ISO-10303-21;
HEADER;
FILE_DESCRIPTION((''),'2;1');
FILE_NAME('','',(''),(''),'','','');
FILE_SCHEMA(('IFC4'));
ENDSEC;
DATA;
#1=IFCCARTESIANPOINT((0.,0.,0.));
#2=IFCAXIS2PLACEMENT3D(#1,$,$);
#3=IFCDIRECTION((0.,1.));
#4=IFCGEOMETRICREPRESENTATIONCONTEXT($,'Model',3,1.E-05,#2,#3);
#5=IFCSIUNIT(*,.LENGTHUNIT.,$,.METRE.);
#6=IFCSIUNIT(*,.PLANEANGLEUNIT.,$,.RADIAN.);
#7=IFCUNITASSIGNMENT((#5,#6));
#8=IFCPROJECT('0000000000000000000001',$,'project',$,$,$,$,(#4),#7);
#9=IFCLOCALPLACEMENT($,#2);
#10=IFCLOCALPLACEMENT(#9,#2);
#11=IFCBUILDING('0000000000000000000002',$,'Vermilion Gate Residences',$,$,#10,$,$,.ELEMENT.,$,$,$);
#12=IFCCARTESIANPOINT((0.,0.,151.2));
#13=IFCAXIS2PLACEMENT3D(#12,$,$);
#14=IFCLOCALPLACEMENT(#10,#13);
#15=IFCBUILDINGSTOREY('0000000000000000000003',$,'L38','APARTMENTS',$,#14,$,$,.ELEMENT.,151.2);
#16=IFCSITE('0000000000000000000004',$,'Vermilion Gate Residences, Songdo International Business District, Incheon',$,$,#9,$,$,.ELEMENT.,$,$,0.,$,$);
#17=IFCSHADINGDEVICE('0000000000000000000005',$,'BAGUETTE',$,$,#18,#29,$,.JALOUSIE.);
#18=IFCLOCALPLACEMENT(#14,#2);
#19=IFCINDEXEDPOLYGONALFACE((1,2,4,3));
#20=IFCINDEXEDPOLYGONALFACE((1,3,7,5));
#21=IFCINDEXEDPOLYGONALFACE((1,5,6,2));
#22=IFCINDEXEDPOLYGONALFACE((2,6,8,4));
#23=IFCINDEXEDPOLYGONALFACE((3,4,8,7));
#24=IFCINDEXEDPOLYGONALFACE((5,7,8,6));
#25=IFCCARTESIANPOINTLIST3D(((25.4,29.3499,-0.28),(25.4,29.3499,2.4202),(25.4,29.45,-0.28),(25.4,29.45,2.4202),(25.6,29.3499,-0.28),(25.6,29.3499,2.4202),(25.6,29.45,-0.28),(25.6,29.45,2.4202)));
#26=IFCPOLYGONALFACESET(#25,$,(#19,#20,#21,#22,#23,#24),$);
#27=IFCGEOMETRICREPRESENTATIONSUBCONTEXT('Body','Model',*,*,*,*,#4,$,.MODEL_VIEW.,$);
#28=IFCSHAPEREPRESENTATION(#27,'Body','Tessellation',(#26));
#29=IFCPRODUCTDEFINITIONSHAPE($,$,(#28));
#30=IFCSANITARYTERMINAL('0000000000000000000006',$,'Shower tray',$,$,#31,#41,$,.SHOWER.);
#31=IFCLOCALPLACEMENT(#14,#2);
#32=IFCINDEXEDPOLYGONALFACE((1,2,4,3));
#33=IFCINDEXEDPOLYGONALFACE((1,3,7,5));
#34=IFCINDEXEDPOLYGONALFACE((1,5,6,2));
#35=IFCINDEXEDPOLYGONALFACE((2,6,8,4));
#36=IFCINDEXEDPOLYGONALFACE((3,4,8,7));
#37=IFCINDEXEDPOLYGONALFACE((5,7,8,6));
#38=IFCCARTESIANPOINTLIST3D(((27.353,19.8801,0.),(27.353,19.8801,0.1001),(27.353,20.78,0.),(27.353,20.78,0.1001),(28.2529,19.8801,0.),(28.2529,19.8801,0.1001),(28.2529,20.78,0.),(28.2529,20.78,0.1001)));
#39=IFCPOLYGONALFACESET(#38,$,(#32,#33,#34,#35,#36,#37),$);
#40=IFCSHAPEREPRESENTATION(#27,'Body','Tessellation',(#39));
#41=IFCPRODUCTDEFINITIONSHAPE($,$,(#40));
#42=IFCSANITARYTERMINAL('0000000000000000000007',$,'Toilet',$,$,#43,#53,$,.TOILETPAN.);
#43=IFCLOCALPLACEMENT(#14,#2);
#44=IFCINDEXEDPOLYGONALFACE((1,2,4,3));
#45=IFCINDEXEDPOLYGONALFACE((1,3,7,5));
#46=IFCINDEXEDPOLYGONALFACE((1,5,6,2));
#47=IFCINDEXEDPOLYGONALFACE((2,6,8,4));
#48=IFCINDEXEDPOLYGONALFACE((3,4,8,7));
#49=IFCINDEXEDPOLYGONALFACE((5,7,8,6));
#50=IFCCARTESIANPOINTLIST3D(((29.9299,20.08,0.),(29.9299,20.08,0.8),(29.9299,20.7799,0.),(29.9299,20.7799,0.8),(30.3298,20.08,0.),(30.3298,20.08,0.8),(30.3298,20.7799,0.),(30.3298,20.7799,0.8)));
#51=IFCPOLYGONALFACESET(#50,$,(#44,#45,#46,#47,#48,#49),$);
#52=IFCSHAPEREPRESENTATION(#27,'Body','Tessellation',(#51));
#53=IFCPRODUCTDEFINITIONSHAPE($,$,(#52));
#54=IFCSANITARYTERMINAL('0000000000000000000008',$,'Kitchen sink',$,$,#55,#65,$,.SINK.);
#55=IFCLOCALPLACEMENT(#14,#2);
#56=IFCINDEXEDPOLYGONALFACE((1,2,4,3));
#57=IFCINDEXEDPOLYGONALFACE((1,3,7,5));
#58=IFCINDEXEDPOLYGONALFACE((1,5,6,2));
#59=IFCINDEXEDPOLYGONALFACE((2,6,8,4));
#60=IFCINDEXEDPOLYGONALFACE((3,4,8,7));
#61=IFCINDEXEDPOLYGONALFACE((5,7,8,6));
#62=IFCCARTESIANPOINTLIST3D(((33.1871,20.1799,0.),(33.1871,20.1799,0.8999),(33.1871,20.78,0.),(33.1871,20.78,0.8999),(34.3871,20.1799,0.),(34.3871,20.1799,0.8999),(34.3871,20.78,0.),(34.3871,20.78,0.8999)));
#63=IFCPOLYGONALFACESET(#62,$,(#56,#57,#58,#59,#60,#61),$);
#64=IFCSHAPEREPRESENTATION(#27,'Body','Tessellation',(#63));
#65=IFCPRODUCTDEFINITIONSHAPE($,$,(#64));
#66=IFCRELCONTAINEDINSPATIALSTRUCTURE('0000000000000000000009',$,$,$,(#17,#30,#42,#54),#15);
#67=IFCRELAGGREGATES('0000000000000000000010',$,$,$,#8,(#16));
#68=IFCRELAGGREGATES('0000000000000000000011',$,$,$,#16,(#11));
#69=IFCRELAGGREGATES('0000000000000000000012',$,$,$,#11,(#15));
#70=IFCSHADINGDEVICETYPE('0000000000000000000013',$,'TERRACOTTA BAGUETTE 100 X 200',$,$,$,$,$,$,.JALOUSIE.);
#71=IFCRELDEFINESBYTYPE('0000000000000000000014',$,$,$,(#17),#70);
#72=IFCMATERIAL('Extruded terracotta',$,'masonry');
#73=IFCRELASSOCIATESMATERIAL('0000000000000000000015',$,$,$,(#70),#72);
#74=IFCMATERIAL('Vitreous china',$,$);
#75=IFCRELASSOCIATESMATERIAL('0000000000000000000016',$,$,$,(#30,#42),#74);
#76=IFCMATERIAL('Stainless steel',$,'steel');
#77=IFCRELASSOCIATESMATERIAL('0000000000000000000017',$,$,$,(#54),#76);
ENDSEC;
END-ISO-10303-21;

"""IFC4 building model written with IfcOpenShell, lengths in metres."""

from ifc_helpers import new_model, si_unit, direction, frame, origin, origin_2d, place, context, subcontext, project, spatial, rectangle, extrude, material, material_profile, profile_set, type_object, element, save


model = new_model("IFC4")

# Units and contexts
model_context = context("Model", 3, precision=1e-05, world=origin(), true_north=direction((0.0, 1.0)))
body_context = subcontext(model_context, "Body", "Model", "MODEL_VIEW")
ifc_project = project(units=[si_unit("LENGTHUNIT", "METRE"), si_unit("PLANEANGLEUNIT", "RADIAN")], contexts=[model_context])

# Site, building, storey
site_placement = place(None, origin())
site = spatial("IfcSite", under=ifc_project, at=site_placement, Name="Vermilion Gate Residences, Songdo International Business District, Incheon", CompositionType="ELEMENT", RefElevation=0.0)
building_placement = place(site_placement, origin())
building = spatial("IfcBuilding", under=site, at=building_placement, Name="Vermilion Gate Residences", CompositionType="ELEMENT")
storey_placement = place(building_placement, frame((0.0, 0.0, 151.2)))
storey = spatial("IfcBuildingStorey", under=building, at=storey_placement, Name="L38", Description="APARTMENTS", CompositionType="ELEMENT", Elevation=151.2)

# Shading device
ifc_material_1 = material(Name="Extruded terracotta", Category="masonry")
ifc_material_profile_1 = material_profile(ifc_material_1, rectangle(XDim=0.2, YDim=0.1001, at=origin_2d()), Name="BAGUETTE 100 X 200")
ifc_profile_set_1 = profile_set([ifc_material_profile_1], Name="Extruded terracotta")
shading_device_type_1 = type_object("IfcShadingDeviceType", Name="TERRACOTTA BAGUETTE 100 X 200", PredefinedType="JALOUSIE", material=ifc_profile_set_1)
for number, where, z_axis, x_axis, name in (
    (1, (25.5, 29.3999, -0.28), (0.0, 0.0, 1.0), (-1.0, 0.0, 0.0), "BAGUETTE"),
):
    element("IfcShadingDevice", number, at=place(storey_placement, frame(where, z_axis=z_axis, x_axis=x_axis)), inside=storey, type_object=shading_device_type_1, Name=name, PredefinedType="JALOUSIE", context=body_context, shape_type="SweptSolid", body=[
        extrude(rectangle(XDim=0.2, YDim=0.1001, at=origin_2d()), origin(), (0.0, 0.0, 1.0), 2.7002),
    ])

# Sanitary terminals
ifc_material_2 = material(Name="Vitreous china")
sanitary_terminal_1_placement = place(storey_placement, frame((27.803, 20.3301, 0.0), z_axis=(0.0, 0.0, 1.0), x_axis=(1.0, 0.0, 0.0)))
element("IfcSanitaryTerminal", 2, at=sanitary_terminal_1_placement, inside=storey, material=ifc_material_2, Name="Shower tray", PredefinedType="SHOWER", context=body_context, shape_type="SweptSolid", body=[
    extrude(rectangle(XDim=0.8999, YDim=0.8999, at=origin_2d()), origin(), (0.0, 0.0, 1.0), 0.1001),
])
sanitary_terminal_2_placement = place(storey_placement, frame((30.1299, 20.4299, 0.0), z_axis=(0.0, 0.0, 1.0), x_axis=(1.0, 0.0, 0.0)))
element("IfcSanitaryTerminal", 3, at=sanitary_terminal_2_placement, inside=storey, material=ifc_material_2, Name="Toilet", PredefinedType="TOILETPAN", context=body_context, shape_type="SweptSolid", body=[
    extrude(rectangle(XDim=0.3999, YDim=0.7, at=origin_2d()), origin(), (0.0, 0.0, 1.0), 0.8),
])
ifc_material_3 = material(Name="Stainless steel", Category="steel")
sanitary_terminal_3_placement = place(storey_placement, frame((33.7871, 20.48, 0.0), z_axis=(0.0, 0.0, 1.0), x_axis=(1.0, 0.0, 0.0)))
element("IfcSanitaryTerminal", 4, at=sanitary_terminal_3_placement, inside=storey, material=ifc_material_3, Name="Kitchen sink", PredefinedType="SINK", context=body_context, shape_type="SweptSolid", body=[
    extrude(rectangle(XDim=1.2, YDim=0.6001, at=origin_2d()), origin(), (0.0, 0.0, 1.0), 0.8999),
])

save(model, "model.ifc")
